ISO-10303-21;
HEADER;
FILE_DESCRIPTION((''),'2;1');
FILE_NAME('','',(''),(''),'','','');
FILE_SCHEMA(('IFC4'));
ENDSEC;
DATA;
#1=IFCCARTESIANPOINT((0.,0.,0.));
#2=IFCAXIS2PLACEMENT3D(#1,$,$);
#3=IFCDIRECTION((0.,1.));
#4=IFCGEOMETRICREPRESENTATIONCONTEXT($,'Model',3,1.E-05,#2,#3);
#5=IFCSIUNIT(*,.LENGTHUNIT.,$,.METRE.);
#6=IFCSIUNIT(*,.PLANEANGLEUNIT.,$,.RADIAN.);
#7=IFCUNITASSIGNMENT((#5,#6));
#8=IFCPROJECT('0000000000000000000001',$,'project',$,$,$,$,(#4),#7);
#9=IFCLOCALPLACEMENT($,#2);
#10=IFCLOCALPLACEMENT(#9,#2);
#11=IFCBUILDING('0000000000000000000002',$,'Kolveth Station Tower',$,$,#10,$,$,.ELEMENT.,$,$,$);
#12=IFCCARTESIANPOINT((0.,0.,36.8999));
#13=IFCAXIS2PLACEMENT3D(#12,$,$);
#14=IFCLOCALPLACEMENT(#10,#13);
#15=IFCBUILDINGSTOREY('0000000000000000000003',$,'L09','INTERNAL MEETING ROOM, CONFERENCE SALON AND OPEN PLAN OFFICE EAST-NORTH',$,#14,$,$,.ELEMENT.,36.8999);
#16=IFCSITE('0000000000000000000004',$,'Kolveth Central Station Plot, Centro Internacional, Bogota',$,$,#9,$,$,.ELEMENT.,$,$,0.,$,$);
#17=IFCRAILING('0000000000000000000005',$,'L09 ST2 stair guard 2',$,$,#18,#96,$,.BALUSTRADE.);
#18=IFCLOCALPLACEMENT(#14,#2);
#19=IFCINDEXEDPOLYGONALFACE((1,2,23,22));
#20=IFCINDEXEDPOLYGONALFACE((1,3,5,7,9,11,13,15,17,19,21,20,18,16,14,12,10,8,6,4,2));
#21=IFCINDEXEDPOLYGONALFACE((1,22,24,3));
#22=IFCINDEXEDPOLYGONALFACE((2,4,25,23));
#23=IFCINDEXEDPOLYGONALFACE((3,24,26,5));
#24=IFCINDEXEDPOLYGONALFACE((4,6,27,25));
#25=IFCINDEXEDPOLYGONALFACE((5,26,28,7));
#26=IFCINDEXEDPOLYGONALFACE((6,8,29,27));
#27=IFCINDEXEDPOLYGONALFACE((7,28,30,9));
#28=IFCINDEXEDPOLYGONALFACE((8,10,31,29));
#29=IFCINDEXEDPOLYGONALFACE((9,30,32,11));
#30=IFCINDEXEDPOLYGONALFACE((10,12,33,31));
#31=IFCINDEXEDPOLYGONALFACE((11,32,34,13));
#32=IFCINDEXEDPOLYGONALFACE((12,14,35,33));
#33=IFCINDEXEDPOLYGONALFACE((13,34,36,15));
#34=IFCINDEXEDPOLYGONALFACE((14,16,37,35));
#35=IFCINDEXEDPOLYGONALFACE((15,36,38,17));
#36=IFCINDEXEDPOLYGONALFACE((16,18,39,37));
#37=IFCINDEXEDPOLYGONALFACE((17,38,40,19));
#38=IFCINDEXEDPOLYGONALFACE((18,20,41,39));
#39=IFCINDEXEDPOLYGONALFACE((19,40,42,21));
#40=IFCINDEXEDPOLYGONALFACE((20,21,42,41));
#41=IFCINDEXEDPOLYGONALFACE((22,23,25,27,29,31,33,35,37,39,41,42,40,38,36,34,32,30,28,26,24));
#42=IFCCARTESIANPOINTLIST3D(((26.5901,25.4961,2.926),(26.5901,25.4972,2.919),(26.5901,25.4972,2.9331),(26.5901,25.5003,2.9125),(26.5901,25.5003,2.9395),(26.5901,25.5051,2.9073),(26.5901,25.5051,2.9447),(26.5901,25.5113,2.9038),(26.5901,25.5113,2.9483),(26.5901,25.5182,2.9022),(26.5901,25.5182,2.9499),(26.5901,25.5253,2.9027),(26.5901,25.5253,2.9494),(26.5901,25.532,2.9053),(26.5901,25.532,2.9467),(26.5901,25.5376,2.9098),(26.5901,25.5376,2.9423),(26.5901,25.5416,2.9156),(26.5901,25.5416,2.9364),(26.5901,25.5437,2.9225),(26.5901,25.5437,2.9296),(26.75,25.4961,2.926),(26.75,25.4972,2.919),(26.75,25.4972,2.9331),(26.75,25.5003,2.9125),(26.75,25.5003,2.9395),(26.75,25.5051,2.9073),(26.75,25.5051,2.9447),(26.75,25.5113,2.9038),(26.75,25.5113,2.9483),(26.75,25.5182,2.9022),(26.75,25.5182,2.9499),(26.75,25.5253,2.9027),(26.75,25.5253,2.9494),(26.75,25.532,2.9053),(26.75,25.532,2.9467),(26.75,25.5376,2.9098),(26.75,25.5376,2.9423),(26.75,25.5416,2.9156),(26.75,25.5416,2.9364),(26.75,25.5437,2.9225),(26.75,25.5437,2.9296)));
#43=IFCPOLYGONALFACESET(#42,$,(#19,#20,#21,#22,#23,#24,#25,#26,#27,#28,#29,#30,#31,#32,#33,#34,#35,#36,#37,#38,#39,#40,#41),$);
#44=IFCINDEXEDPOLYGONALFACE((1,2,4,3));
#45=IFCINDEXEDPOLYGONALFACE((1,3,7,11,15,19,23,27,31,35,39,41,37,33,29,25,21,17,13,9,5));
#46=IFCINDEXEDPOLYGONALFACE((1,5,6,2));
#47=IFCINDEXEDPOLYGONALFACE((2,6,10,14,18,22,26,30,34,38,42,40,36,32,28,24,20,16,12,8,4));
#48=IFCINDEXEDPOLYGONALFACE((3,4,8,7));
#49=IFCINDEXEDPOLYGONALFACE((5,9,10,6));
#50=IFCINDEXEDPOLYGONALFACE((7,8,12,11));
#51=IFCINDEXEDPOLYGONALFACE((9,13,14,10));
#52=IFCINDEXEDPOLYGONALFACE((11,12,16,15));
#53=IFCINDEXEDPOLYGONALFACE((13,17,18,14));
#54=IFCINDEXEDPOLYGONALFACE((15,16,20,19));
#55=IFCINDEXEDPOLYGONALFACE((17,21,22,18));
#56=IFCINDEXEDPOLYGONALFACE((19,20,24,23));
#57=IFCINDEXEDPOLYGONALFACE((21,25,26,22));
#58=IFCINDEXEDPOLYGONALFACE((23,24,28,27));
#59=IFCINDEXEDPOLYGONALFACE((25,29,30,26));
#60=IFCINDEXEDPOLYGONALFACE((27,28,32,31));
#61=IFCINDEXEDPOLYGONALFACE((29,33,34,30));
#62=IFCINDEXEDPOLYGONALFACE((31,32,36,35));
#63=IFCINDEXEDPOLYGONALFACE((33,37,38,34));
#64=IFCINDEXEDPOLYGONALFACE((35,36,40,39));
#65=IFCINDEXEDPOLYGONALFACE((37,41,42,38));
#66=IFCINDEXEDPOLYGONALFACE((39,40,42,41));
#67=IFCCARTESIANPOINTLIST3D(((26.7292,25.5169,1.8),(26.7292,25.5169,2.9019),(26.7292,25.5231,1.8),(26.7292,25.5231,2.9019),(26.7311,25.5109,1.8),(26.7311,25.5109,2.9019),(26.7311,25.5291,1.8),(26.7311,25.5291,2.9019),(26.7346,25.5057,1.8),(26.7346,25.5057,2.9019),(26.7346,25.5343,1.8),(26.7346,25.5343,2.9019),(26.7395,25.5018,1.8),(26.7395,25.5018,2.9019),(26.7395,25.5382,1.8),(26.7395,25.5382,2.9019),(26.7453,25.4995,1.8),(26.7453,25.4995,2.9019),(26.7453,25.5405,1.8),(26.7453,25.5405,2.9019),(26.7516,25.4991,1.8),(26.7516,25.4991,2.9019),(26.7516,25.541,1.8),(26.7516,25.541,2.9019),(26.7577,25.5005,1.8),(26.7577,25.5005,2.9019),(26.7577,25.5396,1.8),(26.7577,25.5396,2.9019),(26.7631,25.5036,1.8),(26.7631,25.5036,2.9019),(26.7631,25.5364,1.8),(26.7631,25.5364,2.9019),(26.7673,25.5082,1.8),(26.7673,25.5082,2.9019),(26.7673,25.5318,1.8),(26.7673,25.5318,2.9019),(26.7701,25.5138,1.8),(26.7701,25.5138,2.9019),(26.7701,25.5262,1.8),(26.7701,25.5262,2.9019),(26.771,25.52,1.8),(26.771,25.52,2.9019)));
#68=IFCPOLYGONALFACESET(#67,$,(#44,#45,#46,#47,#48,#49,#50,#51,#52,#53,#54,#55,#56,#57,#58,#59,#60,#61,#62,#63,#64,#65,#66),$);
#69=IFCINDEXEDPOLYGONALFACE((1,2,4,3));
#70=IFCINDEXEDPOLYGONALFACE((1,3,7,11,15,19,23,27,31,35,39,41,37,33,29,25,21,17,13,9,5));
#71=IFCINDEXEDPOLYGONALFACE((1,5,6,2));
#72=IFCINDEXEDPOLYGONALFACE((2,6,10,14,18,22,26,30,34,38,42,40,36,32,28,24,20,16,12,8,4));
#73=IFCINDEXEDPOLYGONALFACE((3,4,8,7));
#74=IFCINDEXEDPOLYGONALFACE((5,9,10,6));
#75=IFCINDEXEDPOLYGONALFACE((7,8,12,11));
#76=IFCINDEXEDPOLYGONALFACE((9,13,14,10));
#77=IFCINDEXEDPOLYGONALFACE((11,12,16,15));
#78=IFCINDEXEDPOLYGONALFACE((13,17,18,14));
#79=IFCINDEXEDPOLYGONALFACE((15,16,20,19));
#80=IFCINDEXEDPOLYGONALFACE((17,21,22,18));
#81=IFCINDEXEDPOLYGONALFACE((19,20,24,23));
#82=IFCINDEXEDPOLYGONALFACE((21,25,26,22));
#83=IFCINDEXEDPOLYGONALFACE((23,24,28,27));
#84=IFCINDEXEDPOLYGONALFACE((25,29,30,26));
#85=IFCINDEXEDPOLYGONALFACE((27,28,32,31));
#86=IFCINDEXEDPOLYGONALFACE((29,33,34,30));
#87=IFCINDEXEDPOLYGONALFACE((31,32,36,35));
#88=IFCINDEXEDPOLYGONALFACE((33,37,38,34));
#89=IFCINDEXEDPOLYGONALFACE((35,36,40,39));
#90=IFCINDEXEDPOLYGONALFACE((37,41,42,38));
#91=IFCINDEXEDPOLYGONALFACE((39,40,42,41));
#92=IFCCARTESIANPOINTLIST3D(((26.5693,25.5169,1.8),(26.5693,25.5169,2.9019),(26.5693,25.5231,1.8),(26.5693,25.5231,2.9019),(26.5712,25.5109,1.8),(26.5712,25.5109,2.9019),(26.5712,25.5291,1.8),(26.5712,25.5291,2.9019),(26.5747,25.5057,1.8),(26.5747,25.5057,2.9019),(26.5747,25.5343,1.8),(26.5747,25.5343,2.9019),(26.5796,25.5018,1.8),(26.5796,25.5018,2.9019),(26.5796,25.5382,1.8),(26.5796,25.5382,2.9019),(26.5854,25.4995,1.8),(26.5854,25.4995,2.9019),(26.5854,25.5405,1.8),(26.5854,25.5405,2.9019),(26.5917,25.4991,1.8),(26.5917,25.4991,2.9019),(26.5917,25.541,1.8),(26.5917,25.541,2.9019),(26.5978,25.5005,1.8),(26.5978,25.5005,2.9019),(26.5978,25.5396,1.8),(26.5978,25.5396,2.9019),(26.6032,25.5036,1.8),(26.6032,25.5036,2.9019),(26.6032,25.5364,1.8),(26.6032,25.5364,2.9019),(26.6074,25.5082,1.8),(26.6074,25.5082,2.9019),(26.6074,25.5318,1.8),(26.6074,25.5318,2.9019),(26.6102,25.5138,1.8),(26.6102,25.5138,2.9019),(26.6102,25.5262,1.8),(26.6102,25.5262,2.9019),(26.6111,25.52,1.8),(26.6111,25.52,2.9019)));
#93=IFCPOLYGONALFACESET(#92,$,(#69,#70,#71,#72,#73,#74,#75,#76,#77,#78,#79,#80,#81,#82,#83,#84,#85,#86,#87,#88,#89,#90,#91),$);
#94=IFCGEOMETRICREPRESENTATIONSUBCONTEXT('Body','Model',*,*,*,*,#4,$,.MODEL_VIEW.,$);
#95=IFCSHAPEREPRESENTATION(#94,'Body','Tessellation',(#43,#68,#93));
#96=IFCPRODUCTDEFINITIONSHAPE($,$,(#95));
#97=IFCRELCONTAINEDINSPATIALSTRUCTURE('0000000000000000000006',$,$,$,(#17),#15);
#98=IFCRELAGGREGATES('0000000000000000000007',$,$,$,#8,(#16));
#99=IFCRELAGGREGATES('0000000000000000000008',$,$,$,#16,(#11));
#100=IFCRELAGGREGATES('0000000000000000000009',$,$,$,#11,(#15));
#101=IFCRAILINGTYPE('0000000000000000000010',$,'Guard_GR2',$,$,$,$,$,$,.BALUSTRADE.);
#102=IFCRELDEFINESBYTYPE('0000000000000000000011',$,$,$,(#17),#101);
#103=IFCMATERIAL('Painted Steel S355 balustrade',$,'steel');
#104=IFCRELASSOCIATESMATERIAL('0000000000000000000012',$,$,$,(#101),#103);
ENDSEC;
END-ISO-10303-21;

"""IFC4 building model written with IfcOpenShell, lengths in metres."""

from ifc_helpers import new_model, si_unit, direction, frame, origin, origin_2d, place, context, subcontext, project, spatial, circle, extrude, material, type_object, element, save


model = new_model("IFC4")

# Units and contexts
model_context = context("Model", 3, precision=1e-05, world=origin(), true_north=direction((0.0, 1.0)))
body_context = subcontext(model_context, "Body", "Model", "MODEL_VIEW")
ifc_project = project(units=[si_unit("LENGTHUNIT", "METRE"), si_unit("PLANEANGLEUNIT", "RADIAN")], contexts=[model_context])

# Site, building, storey
site_placement = place(None, origin())
site = spatial("IfcSite", under=ifc_project, at=site_placement, Name="Kolveth Central Station Plot, Centro Internacional, Bogota", CompositionType="ELEMENT", RefElevation=0.0)
building_placement = place(site_placement, origin())
building = spatial("IfcBuilding", under=site, at=building_placement, Name="Kolveth Station Tower", CompositionType="ELEMENT")
storey_placement = place(building_placement, frame((0.0, 0.0, 36.8999)))
storey = spatial("IfcBuildingStorey", under=building, at=storey_placement, Name="L09", Description="INTERNAL MEETING ROOM, CONFERENCE SALON AND OPEN PLAN OFFICE EAST-NORTH", CompositionType="ELEMENT", Elevation=36.8999)

# Railing
ifc_material_1 = material(Name="Painted Steel S355 balustrade", Category="steel")
railing_type_1 = type_object("IfcRailingType", Name="Guard_GR2", PredefinedType="BALUSTRADE", material=ifc_material_1)
railing_1_placement = place(storey_placement, frame((26.75, 25.52, 1.8)))
element("IfcRailing", 1, at=railing_1_placement, inside=storey, type_object=railing_type_1, Name="L09 ST2 stair guard 2", PredefinedType="BALUSTRADE", context=body_context, shape_type="SweptSolid", body=[
    extrude(circle(Radius=0.0239, at=origin_2d()), frame((0.0, 0.0, 1.126), z_axis=(-1.0, 0.0, 0.0), x_axis=(0.0, -1.0, 0.0)), (0.0, 0.0, 1.0), 0.1599),
    extrude(circle(Radius=0.021, at=origin_2d()), origin(), (0.0, 0.0, 1.0), 1.1018),
    extrude(circle(Radius=0.021, at=origin_2d()), frame((-0.1599, 0.0, 0.0)), (0.0, 0.0, 1.0), 1.1018),
])

save(model, "model.ifc")
